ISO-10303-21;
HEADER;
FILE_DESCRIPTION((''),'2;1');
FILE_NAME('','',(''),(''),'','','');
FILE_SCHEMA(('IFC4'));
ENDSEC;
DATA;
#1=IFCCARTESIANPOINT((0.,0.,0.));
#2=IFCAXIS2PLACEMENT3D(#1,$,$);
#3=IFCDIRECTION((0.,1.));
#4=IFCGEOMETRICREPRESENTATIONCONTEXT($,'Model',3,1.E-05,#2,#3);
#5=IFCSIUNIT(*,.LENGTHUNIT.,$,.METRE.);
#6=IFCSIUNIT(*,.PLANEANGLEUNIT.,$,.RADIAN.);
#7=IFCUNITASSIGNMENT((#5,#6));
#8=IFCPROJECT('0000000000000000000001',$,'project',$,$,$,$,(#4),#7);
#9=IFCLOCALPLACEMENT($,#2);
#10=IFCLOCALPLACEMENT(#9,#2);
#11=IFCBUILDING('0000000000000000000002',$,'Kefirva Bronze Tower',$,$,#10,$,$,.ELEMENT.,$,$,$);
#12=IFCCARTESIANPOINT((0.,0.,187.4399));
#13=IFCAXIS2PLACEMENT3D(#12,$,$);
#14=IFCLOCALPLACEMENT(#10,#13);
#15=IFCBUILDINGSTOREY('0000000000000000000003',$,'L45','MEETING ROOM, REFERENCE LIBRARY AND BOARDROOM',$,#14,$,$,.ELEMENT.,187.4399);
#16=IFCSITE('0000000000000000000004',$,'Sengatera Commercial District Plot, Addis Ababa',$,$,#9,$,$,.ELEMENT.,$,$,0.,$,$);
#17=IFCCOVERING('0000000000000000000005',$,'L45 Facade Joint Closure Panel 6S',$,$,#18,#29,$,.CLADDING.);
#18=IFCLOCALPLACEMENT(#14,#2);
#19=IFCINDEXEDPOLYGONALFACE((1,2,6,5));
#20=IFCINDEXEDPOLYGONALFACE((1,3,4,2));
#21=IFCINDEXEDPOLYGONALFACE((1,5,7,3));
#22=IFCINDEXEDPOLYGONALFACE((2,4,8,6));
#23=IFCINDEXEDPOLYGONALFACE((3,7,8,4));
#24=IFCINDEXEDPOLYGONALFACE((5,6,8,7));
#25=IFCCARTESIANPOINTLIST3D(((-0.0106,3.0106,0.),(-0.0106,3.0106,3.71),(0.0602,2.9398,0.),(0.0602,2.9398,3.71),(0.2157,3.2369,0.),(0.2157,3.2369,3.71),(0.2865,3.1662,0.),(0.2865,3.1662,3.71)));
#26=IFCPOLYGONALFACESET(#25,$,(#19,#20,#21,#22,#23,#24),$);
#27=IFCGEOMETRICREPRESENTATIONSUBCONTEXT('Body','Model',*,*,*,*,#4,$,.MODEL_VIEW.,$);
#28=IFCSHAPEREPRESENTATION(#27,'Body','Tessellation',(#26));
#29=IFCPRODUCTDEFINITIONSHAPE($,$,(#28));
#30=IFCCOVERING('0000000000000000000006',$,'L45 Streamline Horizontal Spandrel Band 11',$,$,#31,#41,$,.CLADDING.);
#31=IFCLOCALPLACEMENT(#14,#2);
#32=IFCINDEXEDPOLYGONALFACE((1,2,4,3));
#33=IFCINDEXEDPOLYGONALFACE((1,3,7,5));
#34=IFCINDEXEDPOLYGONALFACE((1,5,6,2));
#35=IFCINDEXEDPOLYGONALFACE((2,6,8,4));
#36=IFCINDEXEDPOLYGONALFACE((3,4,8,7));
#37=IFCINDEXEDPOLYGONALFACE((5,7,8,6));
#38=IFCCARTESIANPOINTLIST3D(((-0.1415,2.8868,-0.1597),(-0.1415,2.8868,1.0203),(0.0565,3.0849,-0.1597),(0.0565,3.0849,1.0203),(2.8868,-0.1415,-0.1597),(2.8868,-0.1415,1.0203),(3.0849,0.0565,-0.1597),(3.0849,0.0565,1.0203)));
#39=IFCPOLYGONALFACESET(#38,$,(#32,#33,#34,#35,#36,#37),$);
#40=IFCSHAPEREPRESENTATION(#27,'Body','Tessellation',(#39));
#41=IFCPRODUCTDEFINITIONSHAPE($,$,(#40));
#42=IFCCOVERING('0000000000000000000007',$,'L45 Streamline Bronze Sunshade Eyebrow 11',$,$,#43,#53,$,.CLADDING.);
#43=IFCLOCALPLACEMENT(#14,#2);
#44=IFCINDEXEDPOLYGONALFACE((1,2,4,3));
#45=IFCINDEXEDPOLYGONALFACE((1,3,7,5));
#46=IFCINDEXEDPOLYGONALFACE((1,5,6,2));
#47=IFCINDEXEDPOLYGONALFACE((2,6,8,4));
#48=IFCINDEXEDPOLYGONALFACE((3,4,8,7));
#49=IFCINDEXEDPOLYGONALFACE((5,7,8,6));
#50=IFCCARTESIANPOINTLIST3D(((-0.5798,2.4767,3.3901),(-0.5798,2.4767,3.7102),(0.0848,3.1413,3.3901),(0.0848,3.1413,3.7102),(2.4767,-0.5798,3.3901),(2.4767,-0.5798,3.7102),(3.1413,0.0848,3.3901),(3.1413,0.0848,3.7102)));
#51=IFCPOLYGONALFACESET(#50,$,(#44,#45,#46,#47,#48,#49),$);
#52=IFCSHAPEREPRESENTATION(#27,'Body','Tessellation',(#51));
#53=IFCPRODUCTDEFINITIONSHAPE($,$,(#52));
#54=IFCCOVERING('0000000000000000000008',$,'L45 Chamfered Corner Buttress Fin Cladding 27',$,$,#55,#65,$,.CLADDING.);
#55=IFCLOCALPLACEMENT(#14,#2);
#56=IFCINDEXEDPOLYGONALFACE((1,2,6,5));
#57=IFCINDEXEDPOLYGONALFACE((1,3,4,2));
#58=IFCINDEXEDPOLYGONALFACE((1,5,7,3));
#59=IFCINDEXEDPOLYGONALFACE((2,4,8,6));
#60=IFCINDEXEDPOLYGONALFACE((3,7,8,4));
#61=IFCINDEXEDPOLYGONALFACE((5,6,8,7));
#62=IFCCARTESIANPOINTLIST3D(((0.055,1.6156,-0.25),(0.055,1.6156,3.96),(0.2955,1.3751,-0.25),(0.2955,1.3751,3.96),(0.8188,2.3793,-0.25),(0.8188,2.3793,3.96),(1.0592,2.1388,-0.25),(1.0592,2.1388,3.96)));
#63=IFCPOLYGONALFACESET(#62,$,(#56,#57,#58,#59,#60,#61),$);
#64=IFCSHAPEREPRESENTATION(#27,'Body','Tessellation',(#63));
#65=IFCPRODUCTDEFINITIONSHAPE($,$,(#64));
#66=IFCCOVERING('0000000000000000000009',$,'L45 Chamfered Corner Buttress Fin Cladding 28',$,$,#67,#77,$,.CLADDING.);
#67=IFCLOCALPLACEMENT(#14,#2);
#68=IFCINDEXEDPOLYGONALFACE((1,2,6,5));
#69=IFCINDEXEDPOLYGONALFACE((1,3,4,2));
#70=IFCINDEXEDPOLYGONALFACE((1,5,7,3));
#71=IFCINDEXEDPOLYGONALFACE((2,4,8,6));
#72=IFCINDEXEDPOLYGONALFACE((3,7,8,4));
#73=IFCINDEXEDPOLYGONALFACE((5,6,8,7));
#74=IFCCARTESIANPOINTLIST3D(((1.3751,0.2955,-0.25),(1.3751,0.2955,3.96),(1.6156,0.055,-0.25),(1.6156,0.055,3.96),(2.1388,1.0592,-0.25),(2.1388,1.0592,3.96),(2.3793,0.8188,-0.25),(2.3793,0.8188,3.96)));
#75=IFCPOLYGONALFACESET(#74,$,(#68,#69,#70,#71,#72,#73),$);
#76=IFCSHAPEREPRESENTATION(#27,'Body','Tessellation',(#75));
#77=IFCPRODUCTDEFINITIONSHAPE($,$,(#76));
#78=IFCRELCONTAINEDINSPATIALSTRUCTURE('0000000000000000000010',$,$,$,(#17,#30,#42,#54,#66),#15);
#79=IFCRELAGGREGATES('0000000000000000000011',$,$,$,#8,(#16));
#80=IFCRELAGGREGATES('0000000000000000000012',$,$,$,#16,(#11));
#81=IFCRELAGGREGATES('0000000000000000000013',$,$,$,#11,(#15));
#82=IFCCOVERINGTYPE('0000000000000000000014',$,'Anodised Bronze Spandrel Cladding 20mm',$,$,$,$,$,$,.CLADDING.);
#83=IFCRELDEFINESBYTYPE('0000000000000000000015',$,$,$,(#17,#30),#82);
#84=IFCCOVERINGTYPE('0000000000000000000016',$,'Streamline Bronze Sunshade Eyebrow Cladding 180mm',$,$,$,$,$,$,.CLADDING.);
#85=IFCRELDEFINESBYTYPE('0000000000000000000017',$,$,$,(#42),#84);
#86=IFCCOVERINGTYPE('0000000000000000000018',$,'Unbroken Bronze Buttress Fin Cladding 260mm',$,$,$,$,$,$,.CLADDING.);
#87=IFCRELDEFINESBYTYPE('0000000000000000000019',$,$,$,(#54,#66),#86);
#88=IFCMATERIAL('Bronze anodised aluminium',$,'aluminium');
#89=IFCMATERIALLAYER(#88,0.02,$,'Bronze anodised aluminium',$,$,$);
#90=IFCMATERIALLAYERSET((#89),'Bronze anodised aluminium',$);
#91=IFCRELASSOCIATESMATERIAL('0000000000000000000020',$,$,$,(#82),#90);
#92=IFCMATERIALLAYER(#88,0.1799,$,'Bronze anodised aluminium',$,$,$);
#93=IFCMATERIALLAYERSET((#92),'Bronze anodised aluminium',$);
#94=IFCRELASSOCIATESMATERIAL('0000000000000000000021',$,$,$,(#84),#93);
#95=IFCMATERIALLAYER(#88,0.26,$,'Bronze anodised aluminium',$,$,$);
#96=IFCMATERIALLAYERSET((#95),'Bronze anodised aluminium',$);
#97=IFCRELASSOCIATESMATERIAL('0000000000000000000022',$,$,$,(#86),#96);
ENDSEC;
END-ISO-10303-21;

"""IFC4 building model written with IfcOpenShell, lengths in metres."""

from ifc_helpers import new_model, si_unit, direction, frame, origin, origin_2d, place, context, subcontext, project, spatial, rectangle, extrude, material, layer, layer_set, type_object, element, save


model = new_model("IFC4")

# Units and contexts
model_context = context("Model", 3, precision=1e-05, world=origin(), true_north=direction((0.0, 1.0)))
body_context = subcontext(model_context, "Body", "Model", "MODEL_VIEW")
ifc_project = project(units=[si_unit("LENGTHUNIT", "METRE"), si_unit("PLANEANGLEUNIT", "RADIAN")], contexts=[model_context])

# Site, building, storey
site_placement = place(None, origin())
site = spatial("IfcSite", under=ifc_project, at=site_placement, Name="Sengatera Commercial District Plot, Addis Ababa", CompositionType="ELEMENT", RefElevation=0.0)
building_placement = place(site_placement, origin())
building = spatial("IfcBuilding", under=site, at=building_placement, Name="Kefirva Bronze Tower", CompositionType="ELEMENT")
storey_placement = place(building_placement, frame((0.0, 0.0, 187.4399)))
storey = spatial("IfcBuildingStorey", under=building, at=storey_placement, Name="L45", Description="MEETING ROOM, REFERENCE LIBRARY AND BOARDROOM", CompositionType="ELEMENT", Elevation=187.4399)

# Shared definitions
ifc_material_1 = material(Name="Bronze anodised aluminium", Category="aluminium")

# Coverings
ifc_layer_1 = layer(ifc_material_1, 0.02, Name="Bronze anodised aluminium")
ifc_layer_set_1 = layer_set([ifc_layer_1], Name="Bronze anodised aluminium")
covering_type_1 = type_object("IfcCoveringType", Name="Anodised Bronze Spandrel Cladding 20mm", PredefinedType="CLADDING", material=ifc_layer_set_1)
covering_1_placement = place(storey_placement, frame((0.1379, 3.0884, 0.0), z_axis=(0.0, 0.0, 1.0), x_axis=(0.707107, -0.707107, 0.0)))
element("IfcCovering", 1, at=covering_1_placement, inside=storey, type_object=covering_type_1, Name="L45 Facade Joint Closure Panel 6S", PredefinedType="CLADDING", context=body_context, shape_type="SweptSolid", body=[
    extrude(rectangle(XDim=0.1001, YDim=0.3201, at=origin_2d()), origin(), (0.0, 0.0, 1.0), 3.71),
])
covering_2_placement = place(storey_placement, frame((1.4717, 1.4717, -0.1597), z_axis=(0.0, 0.0, 1.0), x_axis=(0.707107, -0.707107, 0.0)))
element("IfcCovering", 2, at=covering_2_placement, inside=storey, type_object=covering_type_1, Name="L45 Streamline Horizontal Spandrel Band 11", PredefinedType="CLADDING", context=body_context, shape_type="SweptSolid", body=[
    extrude(rectangle(XDim=4.2827, YDim=0.28, at=origin_2d()), origin(), (0.0, 0.0, 1.0), 1.1799),
])
ifc_layer_2 = layer(ifc_material_1, 0.1799, Name="Bronze anodised aluminium")
ifc_layer_set_2 = layer_set([ifc_layer_2], Name="Bronze anodised aluminium")
covering_type_2 = type_object("IfcCoveringType", Name="Streamline Bronze Sunshade Eyebrow Cladding 180mm", PredefinedType="CLADDING", material=ifc_layer_set_2)
covering_3_placement = place(storey_placement, frame((1.2808, 1.2808, 3.3901), z_axis=(0.0, 0.0, 1.0), x_axis=(0.707107, -0.707107, 0.0)))
element("IfcCovering", 3, at=covering_3_placement, inside=storey, type_object=covering_type_2, Name="L45 Streamline Bronze Sunshade Eyebrow 11", PredefinedType="CLADDING", context=body_context, shape_type="SweptSolid", body=[
    extrude(rectangle(XDim=4.3225, YDim=0.9399, at=origin_2d()), origin(), (0.0, 0.0, 1.0), 0.3201),
])
ifc_layer_3 = layer(ifc_material_1, 0.26, Name="Bronze anodised aluminium")
ifc_layer_set_3 = layer_set([ifc_layer_3], Name="Bronze anodised aluminium")
covering_type_3 = type_object("IfcCoveringType", Name="Unbroken Bronze Buttress Fin Cladding 260mm", PredefinedType="CLADDING", material=ifc_layer_set_3)
for number, where, z_axis, x_axis, name in (
    (4, (0.5571, 1.8772, -0.25), (0.0, 0.0, 1.0), (0.707107, -0.707107, 0.0), "L45 Chamfered Corner Buttress Fin Cladding 27"),
    (5, (1.8772, 0.5571, -0.25), (0.0, 0.0, 1.0), (0.707107, -0.707107, 0.0), "L45 Chamfered Corner Buttress Fin Cladding 28"),
):
    element("IfcCovering", number, at=place(storey_placement, frame(where, z_axis=z_axis, x_axis=x_axis)), inside=storey, type_object=covering_type_3, Name=name, PredefinedType="CLADDING", context=body_context, shape_type="SweptSolid", body=[
        extrude(rectangle(XDim=0.3401, YDim=1.0801, at=origin_2d()), origin(), (0.0, 0.0, 1.0), 4.21),
    ])

save(model, "model.ifc")
